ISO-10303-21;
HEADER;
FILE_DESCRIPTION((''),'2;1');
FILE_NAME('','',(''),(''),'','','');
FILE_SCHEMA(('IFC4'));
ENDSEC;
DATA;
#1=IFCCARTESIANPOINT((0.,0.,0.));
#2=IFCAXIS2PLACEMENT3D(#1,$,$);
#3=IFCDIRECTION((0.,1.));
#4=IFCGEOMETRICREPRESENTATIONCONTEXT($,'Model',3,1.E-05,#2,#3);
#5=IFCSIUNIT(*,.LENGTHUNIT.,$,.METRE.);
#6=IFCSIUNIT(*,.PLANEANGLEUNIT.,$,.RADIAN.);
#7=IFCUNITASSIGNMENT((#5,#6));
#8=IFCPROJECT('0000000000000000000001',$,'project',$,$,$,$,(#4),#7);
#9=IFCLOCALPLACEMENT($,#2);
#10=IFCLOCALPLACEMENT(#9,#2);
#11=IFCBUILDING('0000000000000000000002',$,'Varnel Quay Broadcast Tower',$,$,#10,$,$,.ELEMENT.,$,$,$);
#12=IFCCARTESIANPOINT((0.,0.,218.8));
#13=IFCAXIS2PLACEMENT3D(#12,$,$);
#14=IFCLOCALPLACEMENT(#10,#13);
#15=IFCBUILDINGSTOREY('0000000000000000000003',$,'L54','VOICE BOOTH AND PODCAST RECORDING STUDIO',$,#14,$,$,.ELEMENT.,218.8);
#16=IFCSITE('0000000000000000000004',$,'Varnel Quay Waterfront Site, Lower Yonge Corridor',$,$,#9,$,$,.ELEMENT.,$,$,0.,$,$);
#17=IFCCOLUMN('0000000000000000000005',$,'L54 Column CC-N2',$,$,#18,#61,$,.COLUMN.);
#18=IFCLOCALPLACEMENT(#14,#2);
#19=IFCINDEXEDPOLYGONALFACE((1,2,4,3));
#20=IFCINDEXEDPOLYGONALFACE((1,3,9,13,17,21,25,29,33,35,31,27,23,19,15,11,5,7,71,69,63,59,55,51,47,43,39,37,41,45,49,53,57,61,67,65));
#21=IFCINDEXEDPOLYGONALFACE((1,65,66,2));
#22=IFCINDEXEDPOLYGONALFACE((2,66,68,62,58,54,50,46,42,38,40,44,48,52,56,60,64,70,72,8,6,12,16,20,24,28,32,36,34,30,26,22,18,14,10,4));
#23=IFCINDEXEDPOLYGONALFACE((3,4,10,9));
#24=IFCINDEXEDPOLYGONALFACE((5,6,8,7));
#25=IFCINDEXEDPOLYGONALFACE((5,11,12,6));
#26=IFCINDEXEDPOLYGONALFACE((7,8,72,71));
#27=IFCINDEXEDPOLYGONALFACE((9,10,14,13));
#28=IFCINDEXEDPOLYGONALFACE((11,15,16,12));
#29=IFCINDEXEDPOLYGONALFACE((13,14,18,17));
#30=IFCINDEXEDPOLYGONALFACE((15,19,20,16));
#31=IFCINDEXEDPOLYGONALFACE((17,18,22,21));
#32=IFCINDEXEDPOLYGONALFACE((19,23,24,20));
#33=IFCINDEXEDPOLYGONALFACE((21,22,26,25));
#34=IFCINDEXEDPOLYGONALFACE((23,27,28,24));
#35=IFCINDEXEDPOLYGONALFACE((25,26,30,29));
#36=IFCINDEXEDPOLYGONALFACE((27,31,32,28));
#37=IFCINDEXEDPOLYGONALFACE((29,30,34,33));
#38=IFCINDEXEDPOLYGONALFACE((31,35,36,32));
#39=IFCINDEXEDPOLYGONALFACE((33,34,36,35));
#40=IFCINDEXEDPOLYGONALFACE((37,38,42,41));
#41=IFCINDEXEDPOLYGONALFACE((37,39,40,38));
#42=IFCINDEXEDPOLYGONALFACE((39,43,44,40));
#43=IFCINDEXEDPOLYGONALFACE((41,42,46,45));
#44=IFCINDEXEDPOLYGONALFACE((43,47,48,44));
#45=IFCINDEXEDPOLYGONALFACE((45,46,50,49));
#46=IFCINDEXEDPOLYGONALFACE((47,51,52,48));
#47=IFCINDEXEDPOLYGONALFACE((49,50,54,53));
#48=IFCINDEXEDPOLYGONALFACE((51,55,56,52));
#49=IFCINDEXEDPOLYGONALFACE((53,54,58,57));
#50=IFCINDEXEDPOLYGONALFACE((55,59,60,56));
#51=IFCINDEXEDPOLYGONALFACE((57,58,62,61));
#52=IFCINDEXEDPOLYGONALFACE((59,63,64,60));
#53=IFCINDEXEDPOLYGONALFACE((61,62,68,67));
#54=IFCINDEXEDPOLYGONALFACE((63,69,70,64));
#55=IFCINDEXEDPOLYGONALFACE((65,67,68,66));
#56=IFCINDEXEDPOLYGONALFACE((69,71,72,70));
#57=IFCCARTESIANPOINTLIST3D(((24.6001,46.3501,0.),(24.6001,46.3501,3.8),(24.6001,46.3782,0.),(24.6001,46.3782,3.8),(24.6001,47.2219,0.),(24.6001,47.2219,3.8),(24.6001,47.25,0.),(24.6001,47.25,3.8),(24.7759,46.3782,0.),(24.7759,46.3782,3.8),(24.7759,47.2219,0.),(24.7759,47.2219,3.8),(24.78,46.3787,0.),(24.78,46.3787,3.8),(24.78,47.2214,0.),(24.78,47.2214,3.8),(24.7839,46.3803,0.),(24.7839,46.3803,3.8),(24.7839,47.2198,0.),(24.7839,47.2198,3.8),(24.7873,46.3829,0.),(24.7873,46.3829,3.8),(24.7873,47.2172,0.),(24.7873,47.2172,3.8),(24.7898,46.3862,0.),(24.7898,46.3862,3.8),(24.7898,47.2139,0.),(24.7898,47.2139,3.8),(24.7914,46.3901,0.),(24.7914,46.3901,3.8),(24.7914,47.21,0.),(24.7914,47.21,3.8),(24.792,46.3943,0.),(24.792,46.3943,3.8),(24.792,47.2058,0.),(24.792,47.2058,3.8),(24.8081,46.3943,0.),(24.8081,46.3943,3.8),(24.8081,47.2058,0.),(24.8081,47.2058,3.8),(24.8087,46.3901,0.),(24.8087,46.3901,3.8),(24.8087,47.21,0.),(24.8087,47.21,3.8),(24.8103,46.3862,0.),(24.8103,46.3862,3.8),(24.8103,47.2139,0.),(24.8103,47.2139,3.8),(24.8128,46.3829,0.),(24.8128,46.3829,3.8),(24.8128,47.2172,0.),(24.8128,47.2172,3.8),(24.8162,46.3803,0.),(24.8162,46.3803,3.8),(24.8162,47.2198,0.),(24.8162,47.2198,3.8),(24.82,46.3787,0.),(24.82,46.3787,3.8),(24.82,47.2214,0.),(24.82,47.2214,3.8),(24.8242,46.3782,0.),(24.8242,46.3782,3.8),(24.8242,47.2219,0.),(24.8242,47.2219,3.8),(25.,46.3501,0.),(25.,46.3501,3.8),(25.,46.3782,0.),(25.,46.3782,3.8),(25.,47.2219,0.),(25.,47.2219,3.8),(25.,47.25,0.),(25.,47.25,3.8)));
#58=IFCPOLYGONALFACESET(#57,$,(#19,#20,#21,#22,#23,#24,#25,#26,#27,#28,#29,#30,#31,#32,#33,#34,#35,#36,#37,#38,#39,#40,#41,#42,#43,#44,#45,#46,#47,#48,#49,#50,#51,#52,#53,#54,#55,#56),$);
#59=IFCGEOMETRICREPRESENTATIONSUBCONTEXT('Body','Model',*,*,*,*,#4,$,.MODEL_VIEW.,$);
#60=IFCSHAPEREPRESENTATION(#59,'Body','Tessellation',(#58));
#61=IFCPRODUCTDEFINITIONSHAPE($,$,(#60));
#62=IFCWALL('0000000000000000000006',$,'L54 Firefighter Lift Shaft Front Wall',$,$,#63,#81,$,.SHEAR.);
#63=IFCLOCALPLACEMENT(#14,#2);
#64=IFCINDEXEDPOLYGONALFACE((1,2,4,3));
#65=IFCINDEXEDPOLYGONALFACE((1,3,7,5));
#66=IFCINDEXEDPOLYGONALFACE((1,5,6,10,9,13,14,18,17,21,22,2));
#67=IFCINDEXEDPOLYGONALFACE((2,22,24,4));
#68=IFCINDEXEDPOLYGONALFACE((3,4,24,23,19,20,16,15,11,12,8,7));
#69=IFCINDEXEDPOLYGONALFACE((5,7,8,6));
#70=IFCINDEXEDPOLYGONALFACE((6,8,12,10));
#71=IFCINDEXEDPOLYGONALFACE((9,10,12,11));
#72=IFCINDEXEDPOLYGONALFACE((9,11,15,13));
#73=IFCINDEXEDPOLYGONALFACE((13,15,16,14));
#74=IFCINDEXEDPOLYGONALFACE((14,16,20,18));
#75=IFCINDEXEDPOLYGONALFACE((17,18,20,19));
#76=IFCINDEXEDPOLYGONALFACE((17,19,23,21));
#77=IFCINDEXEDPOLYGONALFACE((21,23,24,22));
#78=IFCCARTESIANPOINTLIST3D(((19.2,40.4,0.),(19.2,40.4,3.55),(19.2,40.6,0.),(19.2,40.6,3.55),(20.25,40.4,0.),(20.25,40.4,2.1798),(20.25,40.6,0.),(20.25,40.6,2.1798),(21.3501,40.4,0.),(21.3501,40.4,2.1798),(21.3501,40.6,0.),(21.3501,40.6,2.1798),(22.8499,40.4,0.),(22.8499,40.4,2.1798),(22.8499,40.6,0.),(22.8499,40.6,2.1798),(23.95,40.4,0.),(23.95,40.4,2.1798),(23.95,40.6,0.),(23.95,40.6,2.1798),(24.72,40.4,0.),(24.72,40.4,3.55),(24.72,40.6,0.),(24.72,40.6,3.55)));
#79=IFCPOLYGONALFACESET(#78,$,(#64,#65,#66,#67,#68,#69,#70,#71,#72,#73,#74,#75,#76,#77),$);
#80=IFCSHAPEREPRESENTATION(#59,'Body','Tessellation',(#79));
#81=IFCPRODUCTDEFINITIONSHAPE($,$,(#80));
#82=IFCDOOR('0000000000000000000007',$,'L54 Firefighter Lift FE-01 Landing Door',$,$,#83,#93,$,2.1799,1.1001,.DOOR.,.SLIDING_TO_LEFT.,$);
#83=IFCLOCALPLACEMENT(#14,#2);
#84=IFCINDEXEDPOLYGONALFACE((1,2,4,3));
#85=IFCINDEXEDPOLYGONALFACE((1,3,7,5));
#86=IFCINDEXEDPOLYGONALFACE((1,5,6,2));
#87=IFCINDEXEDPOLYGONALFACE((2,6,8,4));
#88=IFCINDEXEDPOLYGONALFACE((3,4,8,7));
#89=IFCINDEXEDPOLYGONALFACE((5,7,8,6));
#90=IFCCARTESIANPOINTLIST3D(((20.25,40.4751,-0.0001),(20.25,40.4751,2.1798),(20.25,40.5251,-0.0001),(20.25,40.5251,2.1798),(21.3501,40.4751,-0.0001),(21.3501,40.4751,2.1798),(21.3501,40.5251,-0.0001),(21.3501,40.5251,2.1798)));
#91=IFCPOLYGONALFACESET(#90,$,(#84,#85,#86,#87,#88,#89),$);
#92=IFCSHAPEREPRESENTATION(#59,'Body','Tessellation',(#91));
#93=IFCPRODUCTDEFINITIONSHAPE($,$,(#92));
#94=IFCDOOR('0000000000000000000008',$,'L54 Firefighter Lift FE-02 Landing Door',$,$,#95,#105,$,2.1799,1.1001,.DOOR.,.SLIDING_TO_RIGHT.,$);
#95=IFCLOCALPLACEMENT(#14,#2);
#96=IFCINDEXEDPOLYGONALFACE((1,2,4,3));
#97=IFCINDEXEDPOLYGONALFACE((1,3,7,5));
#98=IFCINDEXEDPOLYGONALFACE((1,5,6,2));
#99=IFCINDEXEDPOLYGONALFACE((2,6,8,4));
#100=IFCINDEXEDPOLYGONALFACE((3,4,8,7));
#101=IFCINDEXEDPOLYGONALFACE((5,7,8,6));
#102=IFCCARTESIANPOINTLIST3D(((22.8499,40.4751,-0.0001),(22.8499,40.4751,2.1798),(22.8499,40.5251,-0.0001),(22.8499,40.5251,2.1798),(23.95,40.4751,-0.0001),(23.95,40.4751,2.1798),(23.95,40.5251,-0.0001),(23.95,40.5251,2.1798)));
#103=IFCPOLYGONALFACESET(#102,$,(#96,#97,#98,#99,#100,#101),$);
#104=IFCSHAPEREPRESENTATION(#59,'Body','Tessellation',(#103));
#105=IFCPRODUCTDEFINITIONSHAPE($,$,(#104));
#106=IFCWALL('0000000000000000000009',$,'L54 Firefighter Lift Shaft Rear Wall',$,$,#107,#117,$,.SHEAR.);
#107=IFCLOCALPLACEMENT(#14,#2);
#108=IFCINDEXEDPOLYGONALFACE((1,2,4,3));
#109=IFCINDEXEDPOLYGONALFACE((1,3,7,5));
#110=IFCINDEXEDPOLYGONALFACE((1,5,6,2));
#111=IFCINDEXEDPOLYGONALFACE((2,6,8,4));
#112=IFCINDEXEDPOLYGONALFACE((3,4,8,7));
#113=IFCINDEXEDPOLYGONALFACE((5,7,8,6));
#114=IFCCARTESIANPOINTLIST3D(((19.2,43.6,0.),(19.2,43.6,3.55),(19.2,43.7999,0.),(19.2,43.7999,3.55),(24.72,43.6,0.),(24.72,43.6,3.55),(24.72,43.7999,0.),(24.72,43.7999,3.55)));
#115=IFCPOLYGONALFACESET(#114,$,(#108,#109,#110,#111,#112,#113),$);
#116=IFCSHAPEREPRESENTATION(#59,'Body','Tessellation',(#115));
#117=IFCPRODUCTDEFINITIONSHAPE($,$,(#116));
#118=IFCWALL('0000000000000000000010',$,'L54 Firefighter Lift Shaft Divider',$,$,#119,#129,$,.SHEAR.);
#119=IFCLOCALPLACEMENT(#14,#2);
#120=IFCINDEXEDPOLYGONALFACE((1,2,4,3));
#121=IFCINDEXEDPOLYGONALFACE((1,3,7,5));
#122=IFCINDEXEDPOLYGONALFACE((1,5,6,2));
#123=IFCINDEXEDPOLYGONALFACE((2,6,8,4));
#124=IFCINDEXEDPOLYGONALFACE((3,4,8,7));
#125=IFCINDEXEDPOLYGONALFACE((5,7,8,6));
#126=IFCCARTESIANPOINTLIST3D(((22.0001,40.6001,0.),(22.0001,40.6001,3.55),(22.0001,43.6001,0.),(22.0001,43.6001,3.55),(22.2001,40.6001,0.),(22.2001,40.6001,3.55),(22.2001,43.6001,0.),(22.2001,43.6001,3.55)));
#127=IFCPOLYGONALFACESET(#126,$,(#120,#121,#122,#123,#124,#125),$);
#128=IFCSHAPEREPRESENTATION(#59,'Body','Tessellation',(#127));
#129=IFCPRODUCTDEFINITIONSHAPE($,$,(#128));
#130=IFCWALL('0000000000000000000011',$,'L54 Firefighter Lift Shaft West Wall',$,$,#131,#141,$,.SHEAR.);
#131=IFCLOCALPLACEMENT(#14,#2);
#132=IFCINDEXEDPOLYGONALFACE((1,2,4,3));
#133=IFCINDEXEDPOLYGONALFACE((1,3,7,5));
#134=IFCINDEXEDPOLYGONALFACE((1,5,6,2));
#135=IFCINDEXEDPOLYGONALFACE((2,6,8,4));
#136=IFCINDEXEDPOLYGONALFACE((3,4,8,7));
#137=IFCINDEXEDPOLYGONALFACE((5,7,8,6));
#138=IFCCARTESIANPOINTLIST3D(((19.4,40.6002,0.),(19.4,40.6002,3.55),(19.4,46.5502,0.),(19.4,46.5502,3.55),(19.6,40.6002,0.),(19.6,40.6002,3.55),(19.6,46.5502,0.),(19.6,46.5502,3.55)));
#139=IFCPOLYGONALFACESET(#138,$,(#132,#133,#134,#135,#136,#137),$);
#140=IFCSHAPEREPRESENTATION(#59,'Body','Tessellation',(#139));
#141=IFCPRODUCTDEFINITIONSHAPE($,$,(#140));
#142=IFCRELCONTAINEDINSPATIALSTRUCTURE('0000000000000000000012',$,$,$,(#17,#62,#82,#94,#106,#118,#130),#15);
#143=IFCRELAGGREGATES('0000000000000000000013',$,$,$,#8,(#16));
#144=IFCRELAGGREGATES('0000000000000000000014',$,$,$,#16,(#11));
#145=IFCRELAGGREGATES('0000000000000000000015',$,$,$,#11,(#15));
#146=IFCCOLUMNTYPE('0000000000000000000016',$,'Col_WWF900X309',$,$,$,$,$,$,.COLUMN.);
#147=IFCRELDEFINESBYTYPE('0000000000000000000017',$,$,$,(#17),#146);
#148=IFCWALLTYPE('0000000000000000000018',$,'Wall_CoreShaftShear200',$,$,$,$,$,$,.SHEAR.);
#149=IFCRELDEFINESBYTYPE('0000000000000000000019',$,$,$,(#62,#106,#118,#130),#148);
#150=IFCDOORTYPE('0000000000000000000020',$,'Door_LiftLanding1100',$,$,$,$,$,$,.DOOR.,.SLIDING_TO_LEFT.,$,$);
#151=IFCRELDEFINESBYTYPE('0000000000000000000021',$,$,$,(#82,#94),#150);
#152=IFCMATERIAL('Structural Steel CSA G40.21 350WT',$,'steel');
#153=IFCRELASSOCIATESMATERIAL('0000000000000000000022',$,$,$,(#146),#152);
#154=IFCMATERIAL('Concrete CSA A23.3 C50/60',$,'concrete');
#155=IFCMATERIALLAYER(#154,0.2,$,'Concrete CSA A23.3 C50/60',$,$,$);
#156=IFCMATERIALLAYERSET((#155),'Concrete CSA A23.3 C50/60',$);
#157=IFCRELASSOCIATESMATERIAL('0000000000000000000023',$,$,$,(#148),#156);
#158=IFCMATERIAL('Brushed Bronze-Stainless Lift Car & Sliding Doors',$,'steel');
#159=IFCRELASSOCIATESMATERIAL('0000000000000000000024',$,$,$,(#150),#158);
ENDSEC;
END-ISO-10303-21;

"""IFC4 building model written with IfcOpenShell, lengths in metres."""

from ifc_helpers import new_model, si_unit, direction, frame, frame_2d, origin, origin_2d, place, context, subcontext, project, spatial, rectangle, i_section, extrude, source, transform, mapped, material, layer, layer_set, material_profile, profile_set, type_object, type_shapes, element, fill, save


model = new_model("IFC4")

# Units and contexts
model_context = context("Model", 3, precision=1e-05, world=origin(), true_north=direction((0.0, 1.0)))
body_context = subcontext(model_context, "Body", "Model", "MODEL_VIEW")
ifc_project = project(units=[si_unit("LENGTHUNIT", "METRE"), si_unit("PLANEANGLEUNIT", "RADIAN")], contexts=[model_context])

# Site, building, storey
site_placement = place(None, origin())
site = spatial("IfcSite", under=ifc_project, at=site_placement, Name="Varnel Quay Waterfront Site, Lower Yonge Corridor", CompositionType="ELEMENT", RefElevation=0.0)
building_placement = place(site_placement, origin())
building = spatial("IfcBuilding", under=site, at=building_placement, Name="Varnel Quay Broadcast Tower", CompositionType="ELEMENT")
storey_placement = place(building_placement, frame((0.0, 0.0, 218.8)))
storey = spatial("IfcBuildingStorey", under=building, at=storey_placement, Name="L54", Description="VOICE BOOTH AND PODCAST RECORDING STUDIO", CompositionType="ELEMENT", Elevation=218.8)

# Column
ifc_material_1 = material(Name="Structural Steel CSA G40.21 350WT", Category="steel")
ifc_material_profile = material_profile(ifc_material_1, i_section(OverallWidth=0.3999, OverallDepth=0.8999, WebThickness=0.0161, FlangeThickness=0.0281, FilletRadius=0.0161, at=origin_2d()), Name="WWF900X309")
ifc_profile_set = profile_set([ifc_material_profile], Name="Structural Steel CSA G40.21 350WT")
column_type = type_object("IfcColumnType", Name="Col_WWF900X309", PredefinedType="COLUMN", material=ifc_profile_set)
shared_shape_1 = source(origin(), body_context, "Body", "SweptSolid", [
    extrude(i_section(OverallWidth=0.3999, OverallDepth=0.8999, WebThickness=0.0161, FlangeThickness=0.0281, FilletRadius=0.0161, at=origin_2d()), origin(), (0.0, 0.0, 1.0), 3.8),
])
type_shapes(column_type, [shared_shape_1])
column_placement = place(storey_placement, frame((24.8, 46.8, 0.0), z_axis=(0.0, 0.0, 1.0), x_axis=(1.0, 0.0, 0.0)))
element("IfcColumn", 1, at=column_placement, inside=storey, type_object=column_type, Name="L54 Column CC-N2", PredefinedType="COLUMN", context=body_context, shape_type="MappedRepresentation", body=[
    mapped(shared_shape_1, transform((0.0, 0.0, 0.0), x_axis=(1.0, 0.0, 0.0), y_axis=(0.0, 1.0, 0.0), z_axis=(0.0, 0.0, 1.0), scale=1.0)),
])

# Wall, openings, doors
ifc_material_2 = material(Name="Concrete CSA A23.3 C50/60", Category="concrete")
ifc_layer_1 = layer(ifc_material_2, 0.2, Name="Concrete CSA A23.3 C50/60")
ifc_layer_set_1 = layer_set([ifc_layer_1], Name="Concrete CSA A23.3 C50/60")
wall_type_1 = type_object("IfcWallType", Name="Wall_CoreShaftShear200", PredefinedType="SHEAR", material=ifc_layer_set_1)
wall_1_placement = place(storey_placement, frame((19.2, 40.5, 0.0), z_axis=(0.0, 0.0, 1.0), x_axis=(1.0, 0.0, 0.0)))
wall_1 = element("IfcWall", 2, at=wall_1_placement, inside=storey, type_object=wall_type_1, Name="L54 Firefighter Lift Shaft Front Wall", PredefinedType="SHEAR", context=body_context, shape_type="SweptSolid", body=[
    extrude(rectangle(XDim=5.52, YDim=0.2, at=frame_2d((2.76, 0.0))), origin(), (0.0, 0.0, 1.0), 3.55),
])
opening_1_placement = place(wall_1_placement, frame((1.05, 0.0, 0.0)))
opening_1 = element("IfcOpeningElement", 3, at=opening_1_placement, cuts=wall_1, PredefinedType="OPENING", context=body_context, shape_type="SweptSolid", body=[
    extrude(rectangle(XDim=1.1001, YDim=2.1799, at=frame_2d((0.55, 1.0898))), frame((0.0, 0.1099, 0.0), z_axis=(0.0, -1.0, 0.0), x_axis=(1.0, 0.0, 0.0)), (0.0, 0.0, 1.0), 0.22),
])
opening_2_placement = place(wall_1_placement, frame((3.6499, 0.0, 0.0)))
opening_2 = element("IfcOpeningElement", 4, at=opening_2_placement, cuts=wall_1, PredefinedType="OPENING", context=body_context, shape_type="SweptSolid", body=[
    extrude(rectangle(XDim=1.1001, YDim=2.1799, at=frame_2d((0.55, 1.0898))), frame((0.0, 0.1099, 0.0), z_axis=(0.0, -1.0, 0.0), x_axis=(1.0, 0.0, 0.0)), (0.0, 0.0, 1.0), 0.22),
])
ifc_material_3 = material(Name="Brushed Bronze-Stainless Lift Car & Sliding Doors", Category="steel")
door_type_1 = type_object("IfcDoorType", Name="Door_LiftLanding1100", OperationType="SLIDING_TO_LEFT", PredefinedType="DOOR", material=ifc_material_3)
shared_shape_2 = source(origin(), body_context, "Body", "SweptSolid", [
    extrude(rectangle(XDim=1.1001, YDim=2.1799, at=frame_2d((0.55, 1.0898))), frame((0.0, 0.0249, 0.0), z_axis=(0.0, -1.0, 0.0), x_axis=(1.0, 0.0, 0.0)), (0.0, 0.0, 1.0), 0.05),
])
type_shapes(door_type_1, [shared_shape_2])
door_1_placement = place(opening_1_placement, frame((1.1001, 0.0, 0.0), z_axis=(0.0, 0.0, 1.0), x_axis=(-1.0, 0.0, 0.0)))
door_1 = element("IfcDoor", 5, at=door_1_placement, inside=storey, type_object=door_type_1, Name="L54 Firefighter Lift FE-01 Landing Door", OperationType="SLIDING_TO_LEFT", OverallHeight=2.1799, OverallWidth=1.1001, PredefinedType="DOOR", context=body_context, shape_type="MappedRepresentation", body=[
    mapped(shared_shape_2, transform((0.0, 0.0, 0.0), x_axis=(1.0, 0.0, 0.0), y_axis=(0.0, 1.0, 0.0), z_axis=(0.0, 0.0, 1.0), scale=1.0)),
])
fill(opening_1, door_1)
door_2_placement = place(opening_2_placement, frame((1.1001, 0.0, 0.0), z_axis=(0.0, 0.0, 1.0), x_axis=(-1.0, 0.0, 0.0)))
door_2 = element("IfcDoor", 6, at=door_2_placement, inside=storey, type_object=door_type_1, Name="L54 Firefighter Lift FE-02 Landing Door", OperationType="SLIDING_TO_RIGHT", OverallHeight=2.1799, OverallWidth=1.1001, PredefinedType="DOOR", context=body_context, shape_type="MappedRepresentation", body=[
    mapped(shared_shape_2, transform((0.0, 0.0, 0.0), x_axis=(1.0, 0.0, 0.0), y_axis=(0.0, 1.0, 0.0), z_axis=(0.0, 0.0, 1.0), scale=1.0)),
])
fill(opening_2, door_2)

# Walls
wall_2_placement = place(storey_placement, frame((19.2, 43.7, 0.0), z_axis=(0.0, 0.0, 1.0), x_axis=(1.0, 0.0, 0.0)))
element("IfcWall", 7, at=wall_2_placement, inside=storey, type_object=wall_type_1, Name="L54 Firefighter Lift Shaft Rear Wall", PredefinedType="SHEAR", context=body_context, shape_type="SweptSolid", body=[
    extrude(rectangle(XDim=5.52, YDim=0.2, at=frame_2d((2.76, 0.0))), origin(), (0.0, 0.0, 1.0), 3.55),
])
wall_3_placement = place(storey_placement, frame((22.1001, 40.6001, 0.0), z_axis=(0.0, 0.0, 1.0), x_axis=(0.0, 1.0, 0.0)))
element("IfcWall", 8, at=wall_3_placement, inside=storey, type_object=wall_type_1, Name="L54 Firefighter Lift Shaft Divider", PredefinedType="SHEAR", context=body_context, shape_type="SweptSolid", body=[
    extrude(rectangle(XDim=3.0, YDim=0.2, at=frame_2d((1.5, 0.0))), origin(), (0.0, 0.0, 1.0), 3.55),
])
wall_4_placement = place(storey_placement, frame((19.5, 40.6001, 0.0), z_axis=(0.0, 0.0, 1.0), x_axis=(0.0, 1.0, 0.0)))
element("IfcWall", 9, at=wall_4_placement, inside=storey, type_object=wall_type_1, Name="L54 Firefighter Lift Shaft West Wall", PredefinedType="SHEAR", context=body_context, shape_type="SweptSolid", body=[
    extrude(rectangle(XDim=5.95, YDim=0.2, at=frame_2d((2.9751, 0.0))), origin(), (0.0, 0.0, 1.0), 3.55),
])

save(model, "model.ifc")
